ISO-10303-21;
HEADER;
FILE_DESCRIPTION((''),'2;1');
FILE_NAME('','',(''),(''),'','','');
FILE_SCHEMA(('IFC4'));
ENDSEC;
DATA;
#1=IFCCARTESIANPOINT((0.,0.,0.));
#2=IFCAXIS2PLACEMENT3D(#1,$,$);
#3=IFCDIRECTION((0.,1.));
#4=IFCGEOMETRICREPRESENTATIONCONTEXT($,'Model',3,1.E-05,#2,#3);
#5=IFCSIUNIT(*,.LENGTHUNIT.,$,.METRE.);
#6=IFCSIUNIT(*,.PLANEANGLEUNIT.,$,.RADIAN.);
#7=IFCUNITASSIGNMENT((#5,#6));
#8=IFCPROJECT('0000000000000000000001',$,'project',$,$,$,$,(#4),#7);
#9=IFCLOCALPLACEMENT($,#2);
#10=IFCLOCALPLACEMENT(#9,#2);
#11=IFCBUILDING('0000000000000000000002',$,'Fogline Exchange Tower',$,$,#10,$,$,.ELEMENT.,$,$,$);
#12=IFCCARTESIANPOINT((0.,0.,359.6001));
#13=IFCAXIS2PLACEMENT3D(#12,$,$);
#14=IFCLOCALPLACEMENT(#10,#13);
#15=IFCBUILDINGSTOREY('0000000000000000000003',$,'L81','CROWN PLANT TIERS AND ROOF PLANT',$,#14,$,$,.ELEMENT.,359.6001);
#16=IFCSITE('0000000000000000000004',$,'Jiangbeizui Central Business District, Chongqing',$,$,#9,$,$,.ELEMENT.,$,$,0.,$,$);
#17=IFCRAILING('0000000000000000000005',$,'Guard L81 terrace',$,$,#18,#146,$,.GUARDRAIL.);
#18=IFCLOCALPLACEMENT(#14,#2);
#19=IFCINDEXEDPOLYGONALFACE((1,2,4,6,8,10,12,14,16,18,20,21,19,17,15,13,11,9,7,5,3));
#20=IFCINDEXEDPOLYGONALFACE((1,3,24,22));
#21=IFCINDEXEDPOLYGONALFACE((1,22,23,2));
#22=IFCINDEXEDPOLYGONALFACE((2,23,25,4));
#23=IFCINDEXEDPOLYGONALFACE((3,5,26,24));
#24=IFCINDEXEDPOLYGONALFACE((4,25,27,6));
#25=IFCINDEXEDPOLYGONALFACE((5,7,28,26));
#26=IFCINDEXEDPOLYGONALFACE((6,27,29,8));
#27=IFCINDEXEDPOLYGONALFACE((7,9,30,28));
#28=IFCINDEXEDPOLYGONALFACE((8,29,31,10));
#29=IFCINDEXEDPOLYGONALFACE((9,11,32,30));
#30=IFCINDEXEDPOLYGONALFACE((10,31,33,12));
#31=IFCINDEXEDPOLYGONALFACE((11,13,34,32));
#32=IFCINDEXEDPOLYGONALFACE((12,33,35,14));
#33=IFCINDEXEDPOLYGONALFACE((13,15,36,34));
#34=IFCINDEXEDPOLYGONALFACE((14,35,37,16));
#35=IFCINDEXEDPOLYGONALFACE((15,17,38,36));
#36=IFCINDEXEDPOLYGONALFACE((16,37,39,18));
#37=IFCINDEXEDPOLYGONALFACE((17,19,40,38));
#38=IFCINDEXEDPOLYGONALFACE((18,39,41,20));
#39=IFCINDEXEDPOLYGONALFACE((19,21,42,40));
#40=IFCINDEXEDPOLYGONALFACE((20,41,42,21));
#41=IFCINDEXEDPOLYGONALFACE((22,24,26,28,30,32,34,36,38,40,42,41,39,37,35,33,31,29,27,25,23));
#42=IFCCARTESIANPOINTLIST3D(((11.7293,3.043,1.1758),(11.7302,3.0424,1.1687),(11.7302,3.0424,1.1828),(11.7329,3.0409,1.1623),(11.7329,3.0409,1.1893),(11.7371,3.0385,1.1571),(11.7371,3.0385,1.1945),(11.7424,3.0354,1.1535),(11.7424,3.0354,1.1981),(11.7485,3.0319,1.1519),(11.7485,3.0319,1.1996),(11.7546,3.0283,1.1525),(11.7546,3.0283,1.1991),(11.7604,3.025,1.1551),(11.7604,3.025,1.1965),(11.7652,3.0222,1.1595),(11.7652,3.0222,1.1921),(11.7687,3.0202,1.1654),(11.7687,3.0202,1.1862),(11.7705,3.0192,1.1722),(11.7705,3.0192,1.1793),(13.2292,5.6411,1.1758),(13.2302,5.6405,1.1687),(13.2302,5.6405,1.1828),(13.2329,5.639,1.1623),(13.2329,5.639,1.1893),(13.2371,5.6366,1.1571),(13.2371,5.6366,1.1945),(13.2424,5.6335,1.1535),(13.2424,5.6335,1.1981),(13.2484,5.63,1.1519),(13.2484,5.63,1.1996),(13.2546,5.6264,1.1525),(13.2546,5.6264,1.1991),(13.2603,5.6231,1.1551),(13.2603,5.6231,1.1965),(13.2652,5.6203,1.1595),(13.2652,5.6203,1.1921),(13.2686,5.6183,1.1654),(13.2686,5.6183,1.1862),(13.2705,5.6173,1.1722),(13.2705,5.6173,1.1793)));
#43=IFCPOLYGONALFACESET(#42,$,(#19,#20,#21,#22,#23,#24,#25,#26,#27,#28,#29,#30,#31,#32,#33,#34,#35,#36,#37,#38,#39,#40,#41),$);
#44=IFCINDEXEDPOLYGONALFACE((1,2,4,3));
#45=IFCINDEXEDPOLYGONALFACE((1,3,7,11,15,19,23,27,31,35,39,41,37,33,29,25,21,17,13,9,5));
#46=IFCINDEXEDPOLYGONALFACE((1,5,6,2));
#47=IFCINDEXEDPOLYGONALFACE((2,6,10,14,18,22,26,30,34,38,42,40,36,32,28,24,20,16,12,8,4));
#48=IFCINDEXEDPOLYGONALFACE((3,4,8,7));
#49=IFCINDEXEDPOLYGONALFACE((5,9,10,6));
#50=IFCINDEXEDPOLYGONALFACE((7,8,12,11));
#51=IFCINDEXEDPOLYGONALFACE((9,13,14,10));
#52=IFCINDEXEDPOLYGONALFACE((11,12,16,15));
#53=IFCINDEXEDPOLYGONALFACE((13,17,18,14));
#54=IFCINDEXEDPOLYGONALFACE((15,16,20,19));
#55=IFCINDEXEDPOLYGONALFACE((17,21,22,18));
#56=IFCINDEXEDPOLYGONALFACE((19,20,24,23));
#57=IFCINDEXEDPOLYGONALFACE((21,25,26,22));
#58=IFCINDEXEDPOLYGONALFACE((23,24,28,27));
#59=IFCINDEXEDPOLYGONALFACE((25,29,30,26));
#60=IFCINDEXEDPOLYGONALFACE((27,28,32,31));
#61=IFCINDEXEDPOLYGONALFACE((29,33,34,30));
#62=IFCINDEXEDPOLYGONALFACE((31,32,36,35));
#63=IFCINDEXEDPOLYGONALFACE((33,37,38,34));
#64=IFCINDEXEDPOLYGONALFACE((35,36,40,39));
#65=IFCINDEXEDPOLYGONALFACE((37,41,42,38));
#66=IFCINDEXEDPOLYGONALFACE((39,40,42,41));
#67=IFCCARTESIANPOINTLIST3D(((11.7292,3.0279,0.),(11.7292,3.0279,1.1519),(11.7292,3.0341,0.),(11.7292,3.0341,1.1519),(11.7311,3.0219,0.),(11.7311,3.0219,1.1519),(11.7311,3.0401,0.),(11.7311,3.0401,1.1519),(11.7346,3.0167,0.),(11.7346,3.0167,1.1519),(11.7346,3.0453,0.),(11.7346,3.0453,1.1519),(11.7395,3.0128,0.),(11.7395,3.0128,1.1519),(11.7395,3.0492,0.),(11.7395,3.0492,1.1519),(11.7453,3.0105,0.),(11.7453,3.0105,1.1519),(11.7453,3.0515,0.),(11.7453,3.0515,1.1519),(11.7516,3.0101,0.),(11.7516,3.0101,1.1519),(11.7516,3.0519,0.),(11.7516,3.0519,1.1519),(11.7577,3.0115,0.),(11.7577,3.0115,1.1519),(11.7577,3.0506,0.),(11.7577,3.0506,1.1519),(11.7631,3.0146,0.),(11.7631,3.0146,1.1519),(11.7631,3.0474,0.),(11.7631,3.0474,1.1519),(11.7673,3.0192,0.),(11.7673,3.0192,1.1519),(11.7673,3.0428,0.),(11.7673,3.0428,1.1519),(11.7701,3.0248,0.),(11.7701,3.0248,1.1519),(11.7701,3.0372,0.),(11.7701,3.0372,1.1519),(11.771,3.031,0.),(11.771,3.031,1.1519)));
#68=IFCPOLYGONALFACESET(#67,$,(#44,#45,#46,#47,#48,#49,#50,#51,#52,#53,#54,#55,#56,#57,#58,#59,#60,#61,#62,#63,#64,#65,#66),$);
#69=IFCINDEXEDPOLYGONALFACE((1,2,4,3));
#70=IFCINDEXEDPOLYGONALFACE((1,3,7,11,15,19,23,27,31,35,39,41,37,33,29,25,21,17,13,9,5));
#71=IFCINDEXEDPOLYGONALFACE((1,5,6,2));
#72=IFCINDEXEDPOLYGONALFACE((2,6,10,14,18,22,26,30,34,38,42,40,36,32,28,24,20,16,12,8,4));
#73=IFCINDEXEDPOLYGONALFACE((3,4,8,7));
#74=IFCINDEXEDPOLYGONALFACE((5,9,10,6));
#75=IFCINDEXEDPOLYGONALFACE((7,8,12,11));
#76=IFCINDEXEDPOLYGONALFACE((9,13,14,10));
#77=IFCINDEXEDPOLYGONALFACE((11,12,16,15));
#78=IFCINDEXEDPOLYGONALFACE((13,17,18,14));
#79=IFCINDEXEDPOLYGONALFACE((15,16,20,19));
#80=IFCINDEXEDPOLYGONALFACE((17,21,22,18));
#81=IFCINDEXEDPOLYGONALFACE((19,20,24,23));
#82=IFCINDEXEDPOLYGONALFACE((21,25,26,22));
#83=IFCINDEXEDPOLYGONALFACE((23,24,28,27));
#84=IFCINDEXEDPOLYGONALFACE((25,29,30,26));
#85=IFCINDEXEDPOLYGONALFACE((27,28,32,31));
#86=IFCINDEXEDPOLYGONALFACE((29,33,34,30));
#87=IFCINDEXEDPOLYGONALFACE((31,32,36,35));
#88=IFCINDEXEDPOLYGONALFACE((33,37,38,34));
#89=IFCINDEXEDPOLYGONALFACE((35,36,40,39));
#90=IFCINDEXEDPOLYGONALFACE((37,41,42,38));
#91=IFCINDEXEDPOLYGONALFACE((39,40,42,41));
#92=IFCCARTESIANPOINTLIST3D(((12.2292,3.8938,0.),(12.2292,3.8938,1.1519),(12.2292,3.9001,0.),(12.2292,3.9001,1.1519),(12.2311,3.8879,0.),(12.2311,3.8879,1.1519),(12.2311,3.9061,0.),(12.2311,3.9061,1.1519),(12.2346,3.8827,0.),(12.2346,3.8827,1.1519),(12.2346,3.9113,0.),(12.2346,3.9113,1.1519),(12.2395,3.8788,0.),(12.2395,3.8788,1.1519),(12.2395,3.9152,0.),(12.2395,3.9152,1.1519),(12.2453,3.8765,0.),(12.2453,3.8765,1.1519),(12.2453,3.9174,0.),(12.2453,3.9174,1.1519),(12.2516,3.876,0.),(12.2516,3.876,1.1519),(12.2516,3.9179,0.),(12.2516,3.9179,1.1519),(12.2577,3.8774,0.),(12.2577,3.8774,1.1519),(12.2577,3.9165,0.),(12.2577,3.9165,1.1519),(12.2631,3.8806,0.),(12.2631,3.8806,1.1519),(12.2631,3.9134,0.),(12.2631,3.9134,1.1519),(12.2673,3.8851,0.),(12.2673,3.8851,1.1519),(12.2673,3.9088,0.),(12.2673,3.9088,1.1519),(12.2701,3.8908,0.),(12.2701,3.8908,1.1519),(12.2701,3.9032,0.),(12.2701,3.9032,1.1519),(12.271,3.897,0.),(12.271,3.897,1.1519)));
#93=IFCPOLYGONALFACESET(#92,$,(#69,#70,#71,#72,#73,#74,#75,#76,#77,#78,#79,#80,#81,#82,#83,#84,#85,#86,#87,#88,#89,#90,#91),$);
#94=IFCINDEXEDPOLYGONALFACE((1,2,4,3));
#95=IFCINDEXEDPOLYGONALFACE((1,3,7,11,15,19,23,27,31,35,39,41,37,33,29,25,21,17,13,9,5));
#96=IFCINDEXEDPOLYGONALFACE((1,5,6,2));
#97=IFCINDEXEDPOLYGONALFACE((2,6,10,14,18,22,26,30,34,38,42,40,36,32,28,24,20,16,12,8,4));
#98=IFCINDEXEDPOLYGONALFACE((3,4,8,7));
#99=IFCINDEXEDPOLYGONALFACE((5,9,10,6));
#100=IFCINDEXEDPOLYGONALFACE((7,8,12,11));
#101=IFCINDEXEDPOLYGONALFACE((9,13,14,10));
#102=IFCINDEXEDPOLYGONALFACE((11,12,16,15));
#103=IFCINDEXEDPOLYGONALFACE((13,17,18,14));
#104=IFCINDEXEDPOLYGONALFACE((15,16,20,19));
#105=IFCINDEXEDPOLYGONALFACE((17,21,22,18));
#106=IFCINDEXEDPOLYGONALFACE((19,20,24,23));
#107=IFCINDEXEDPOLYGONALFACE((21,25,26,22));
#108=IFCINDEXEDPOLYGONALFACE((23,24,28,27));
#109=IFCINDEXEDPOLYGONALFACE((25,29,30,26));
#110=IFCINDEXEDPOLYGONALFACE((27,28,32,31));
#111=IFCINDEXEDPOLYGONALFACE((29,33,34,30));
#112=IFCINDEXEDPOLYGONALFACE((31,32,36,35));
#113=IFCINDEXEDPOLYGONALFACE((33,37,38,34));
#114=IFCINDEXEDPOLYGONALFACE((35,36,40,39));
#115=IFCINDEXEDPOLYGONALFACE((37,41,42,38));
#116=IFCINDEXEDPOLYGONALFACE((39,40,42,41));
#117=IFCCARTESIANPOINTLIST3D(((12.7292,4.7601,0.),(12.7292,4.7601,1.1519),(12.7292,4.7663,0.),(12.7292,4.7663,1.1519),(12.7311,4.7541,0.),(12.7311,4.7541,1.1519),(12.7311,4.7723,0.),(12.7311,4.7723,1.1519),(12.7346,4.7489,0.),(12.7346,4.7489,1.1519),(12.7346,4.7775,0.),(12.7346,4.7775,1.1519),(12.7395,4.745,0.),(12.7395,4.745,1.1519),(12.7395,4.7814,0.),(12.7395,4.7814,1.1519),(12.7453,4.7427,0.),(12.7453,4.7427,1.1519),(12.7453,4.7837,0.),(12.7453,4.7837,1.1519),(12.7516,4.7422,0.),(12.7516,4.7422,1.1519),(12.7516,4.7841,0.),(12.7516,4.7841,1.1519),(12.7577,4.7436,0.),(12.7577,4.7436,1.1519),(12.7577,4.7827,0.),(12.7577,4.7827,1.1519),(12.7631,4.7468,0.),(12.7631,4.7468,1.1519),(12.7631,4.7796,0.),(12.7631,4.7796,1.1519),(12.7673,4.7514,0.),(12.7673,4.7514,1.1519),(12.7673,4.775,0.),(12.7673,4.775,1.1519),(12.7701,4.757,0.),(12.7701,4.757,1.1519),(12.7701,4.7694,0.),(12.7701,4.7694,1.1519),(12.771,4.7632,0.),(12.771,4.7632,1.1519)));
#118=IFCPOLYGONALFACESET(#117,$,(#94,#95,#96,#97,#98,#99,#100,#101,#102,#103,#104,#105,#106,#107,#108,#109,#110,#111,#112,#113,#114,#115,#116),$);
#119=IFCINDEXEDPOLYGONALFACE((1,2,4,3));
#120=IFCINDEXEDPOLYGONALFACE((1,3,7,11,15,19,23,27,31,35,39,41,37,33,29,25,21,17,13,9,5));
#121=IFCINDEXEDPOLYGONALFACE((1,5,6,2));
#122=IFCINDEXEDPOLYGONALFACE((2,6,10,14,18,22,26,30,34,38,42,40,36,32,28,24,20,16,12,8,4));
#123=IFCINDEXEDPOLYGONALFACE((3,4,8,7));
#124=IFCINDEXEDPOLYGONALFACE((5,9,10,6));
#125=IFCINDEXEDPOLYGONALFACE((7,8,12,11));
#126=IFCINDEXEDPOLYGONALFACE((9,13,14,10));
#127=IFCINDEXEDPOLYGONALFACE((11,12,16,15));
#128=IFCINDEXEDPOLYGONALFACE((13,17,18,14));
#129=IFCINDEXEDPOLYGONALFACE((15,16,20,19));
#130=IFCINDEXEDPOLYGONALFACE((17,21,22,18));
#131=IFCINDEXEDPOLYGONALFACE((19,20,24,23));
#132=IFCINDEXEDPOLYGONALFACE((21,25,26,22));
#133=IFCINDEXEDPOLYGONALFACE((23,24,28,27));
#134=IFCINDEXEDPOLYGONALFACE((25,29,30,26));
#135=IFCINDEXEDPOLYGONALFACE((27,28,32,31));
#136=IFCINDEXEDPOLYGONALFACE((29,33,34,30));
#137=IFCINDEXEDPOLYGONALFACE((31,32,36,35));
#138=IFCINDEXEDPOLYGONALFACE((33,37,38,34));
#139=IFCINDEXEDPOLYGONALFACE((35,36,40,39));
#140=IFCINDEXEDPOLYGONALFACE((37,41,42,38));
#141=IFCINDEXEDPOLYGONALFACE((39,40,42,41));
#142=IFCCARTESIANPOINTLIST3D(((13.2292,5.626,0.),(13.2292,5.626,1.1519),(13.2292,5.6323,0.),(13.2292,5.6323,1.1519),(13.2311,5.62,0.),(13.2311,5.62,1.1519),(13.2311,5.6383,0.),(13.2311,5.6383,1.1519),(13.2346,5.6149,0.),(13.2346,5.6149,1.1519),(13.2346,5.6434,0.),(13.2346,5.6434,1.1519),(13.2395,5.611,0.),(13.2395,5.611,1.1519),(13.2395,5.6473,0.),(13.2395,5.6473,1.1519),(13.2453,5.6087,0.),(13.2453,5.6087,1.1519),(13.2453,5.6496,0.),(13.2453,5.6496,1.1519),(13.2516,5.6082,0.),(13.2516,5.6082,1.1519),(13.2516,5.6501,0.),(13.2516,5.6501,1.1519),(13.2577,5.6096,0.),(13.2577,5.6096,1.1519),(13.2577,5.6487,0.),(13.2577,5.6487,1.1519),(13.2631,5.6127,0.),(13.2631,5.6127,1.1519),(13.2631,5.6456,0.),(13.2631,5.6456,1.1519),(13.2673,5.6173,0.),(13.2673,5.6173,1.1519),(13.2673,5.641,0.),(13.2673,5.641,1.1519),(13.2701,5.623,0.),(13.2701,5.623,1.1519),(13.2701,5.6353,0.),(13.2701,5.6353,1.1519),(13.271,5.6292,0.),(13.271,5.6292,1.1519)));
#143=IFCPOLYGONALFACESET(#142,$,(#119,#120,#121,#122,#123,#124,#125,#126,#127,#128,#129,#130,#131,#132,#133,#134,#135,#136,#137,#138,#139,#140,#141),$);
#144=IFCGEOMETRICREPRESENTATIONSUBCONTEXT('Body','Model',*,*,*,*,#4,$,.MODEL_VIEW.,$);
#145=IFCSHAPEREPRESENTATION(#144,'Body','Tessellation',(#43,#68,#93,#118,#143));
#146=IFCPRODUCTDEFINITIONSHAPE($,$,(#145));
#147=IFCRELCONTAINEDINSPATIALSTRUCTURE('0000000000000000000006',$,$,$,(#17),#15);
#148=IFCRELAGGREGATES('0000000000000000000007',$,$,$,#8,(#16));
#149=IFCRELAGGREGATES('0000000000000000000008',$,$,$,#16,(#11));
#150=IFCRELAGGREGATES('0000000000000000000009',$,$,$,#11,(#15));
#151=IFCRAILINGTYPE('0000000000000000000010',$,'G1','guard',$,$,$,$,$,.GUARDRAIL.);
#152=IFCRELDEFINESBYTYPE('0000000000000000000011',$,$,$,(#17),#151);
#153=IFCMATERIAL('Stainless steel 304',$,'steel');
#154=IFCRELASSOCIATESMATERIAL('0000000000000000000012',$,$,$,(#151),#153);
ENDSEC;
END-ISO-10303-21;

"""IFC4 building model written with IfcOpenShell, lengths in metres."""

from ifc_helpers import new_model, si_unit, direction, frame, origin, origin_2d, place, context, subcontext, project, spatial, circle, extrude, material, type_object, element, save


model = new_model("IFC4")

# Units and contexts
model_context = context("Model", 3, precision=1e-05, world=origin(), true_north=direction((0.0, 1.0)))
body_context = subcontext(model_context, "Body", "Model", "MODEL_VIEW")
ifc_project = project(units=[si_unit("LENGTHUNIT", "METRE"), si_unit("PLANEANGLEUNIT", "RADIAN")], contexts=[model_context])

# Site, building, storey
site_placement = place(None, origin())
site = spatial("IfcSite", under=ifc_project, at=site_placement, Name="Jiangbeizui Central Business District, Chongqing", CompositionType="ELEMENT", RefElevation=0.0)
building_placement = place(site_placement, origin())
building = spatial("IfcBuilding", under=site, at=building_placement, Name="Fogline Exchange Tower", CompositionType="ELEMENT")
storey_placement = place(building_placement, frame((0.0, 0.0, 359.6001)))
storey = spatial("IfcBuildingStorey", under=building, at=storey_placement, Name="L81", Description="CROWN PLANT TIERS AND ROOF PLANT", CompositionType="ELEMENT", Elevation=359.6001)

# Railing
ifc_material_1 = material(Name="Stainless steel 304", Category="steel")
railing_type_1 = type_object("IfcRailingType", Name="G1", Description="guard", PredefinedType="GUARDRAIL", material=ifc_material_1)
railing_1_placement = place(storey_placement, frame((11.75, 3.031, 0.0)))
element("IfcRailing", 1, at=railing_1_placement, inside=storey, type_object=railing_type_1, Name="Guard L81 terrace", PredefinedType="GUARDRAIL", context=body_context, shape_type="SweptSolid", body=[
    extrude(circle(Radius=0.0239, at=origin_2d()), frame((0.0, 0.0, 1.1758), z_axis=(0.49999, 0.866031, 0.0), x_axis=(-0.866031, 0.49999, 0.0)), (0.0, 0.0, 1.0), 3.0),
    extrude(circle(Radius=0.021, at=origin_2d()), origin(), (0.0, 0.0, 1.0), 1.1519),
    extrude(circle(Radius=0.021, at=origin_2d()), frame((0.5, 0.866, 0.0)), (0.0, 0.0, 1.0), 1.1519),
    extrude(circle(Radius=0.021, at=origin_2d()), frame((1.0, 1.7322, 0.0)), (0.0, 0.0, 1.0), 1.1519),
    extrude(circle(Radius=0.021, at=origin_2d()), frame((1.5, 2.5981, 0.0)), (0.0, 0.0, 1.0), 1.1519),
])

save(model, "model.ifc")
